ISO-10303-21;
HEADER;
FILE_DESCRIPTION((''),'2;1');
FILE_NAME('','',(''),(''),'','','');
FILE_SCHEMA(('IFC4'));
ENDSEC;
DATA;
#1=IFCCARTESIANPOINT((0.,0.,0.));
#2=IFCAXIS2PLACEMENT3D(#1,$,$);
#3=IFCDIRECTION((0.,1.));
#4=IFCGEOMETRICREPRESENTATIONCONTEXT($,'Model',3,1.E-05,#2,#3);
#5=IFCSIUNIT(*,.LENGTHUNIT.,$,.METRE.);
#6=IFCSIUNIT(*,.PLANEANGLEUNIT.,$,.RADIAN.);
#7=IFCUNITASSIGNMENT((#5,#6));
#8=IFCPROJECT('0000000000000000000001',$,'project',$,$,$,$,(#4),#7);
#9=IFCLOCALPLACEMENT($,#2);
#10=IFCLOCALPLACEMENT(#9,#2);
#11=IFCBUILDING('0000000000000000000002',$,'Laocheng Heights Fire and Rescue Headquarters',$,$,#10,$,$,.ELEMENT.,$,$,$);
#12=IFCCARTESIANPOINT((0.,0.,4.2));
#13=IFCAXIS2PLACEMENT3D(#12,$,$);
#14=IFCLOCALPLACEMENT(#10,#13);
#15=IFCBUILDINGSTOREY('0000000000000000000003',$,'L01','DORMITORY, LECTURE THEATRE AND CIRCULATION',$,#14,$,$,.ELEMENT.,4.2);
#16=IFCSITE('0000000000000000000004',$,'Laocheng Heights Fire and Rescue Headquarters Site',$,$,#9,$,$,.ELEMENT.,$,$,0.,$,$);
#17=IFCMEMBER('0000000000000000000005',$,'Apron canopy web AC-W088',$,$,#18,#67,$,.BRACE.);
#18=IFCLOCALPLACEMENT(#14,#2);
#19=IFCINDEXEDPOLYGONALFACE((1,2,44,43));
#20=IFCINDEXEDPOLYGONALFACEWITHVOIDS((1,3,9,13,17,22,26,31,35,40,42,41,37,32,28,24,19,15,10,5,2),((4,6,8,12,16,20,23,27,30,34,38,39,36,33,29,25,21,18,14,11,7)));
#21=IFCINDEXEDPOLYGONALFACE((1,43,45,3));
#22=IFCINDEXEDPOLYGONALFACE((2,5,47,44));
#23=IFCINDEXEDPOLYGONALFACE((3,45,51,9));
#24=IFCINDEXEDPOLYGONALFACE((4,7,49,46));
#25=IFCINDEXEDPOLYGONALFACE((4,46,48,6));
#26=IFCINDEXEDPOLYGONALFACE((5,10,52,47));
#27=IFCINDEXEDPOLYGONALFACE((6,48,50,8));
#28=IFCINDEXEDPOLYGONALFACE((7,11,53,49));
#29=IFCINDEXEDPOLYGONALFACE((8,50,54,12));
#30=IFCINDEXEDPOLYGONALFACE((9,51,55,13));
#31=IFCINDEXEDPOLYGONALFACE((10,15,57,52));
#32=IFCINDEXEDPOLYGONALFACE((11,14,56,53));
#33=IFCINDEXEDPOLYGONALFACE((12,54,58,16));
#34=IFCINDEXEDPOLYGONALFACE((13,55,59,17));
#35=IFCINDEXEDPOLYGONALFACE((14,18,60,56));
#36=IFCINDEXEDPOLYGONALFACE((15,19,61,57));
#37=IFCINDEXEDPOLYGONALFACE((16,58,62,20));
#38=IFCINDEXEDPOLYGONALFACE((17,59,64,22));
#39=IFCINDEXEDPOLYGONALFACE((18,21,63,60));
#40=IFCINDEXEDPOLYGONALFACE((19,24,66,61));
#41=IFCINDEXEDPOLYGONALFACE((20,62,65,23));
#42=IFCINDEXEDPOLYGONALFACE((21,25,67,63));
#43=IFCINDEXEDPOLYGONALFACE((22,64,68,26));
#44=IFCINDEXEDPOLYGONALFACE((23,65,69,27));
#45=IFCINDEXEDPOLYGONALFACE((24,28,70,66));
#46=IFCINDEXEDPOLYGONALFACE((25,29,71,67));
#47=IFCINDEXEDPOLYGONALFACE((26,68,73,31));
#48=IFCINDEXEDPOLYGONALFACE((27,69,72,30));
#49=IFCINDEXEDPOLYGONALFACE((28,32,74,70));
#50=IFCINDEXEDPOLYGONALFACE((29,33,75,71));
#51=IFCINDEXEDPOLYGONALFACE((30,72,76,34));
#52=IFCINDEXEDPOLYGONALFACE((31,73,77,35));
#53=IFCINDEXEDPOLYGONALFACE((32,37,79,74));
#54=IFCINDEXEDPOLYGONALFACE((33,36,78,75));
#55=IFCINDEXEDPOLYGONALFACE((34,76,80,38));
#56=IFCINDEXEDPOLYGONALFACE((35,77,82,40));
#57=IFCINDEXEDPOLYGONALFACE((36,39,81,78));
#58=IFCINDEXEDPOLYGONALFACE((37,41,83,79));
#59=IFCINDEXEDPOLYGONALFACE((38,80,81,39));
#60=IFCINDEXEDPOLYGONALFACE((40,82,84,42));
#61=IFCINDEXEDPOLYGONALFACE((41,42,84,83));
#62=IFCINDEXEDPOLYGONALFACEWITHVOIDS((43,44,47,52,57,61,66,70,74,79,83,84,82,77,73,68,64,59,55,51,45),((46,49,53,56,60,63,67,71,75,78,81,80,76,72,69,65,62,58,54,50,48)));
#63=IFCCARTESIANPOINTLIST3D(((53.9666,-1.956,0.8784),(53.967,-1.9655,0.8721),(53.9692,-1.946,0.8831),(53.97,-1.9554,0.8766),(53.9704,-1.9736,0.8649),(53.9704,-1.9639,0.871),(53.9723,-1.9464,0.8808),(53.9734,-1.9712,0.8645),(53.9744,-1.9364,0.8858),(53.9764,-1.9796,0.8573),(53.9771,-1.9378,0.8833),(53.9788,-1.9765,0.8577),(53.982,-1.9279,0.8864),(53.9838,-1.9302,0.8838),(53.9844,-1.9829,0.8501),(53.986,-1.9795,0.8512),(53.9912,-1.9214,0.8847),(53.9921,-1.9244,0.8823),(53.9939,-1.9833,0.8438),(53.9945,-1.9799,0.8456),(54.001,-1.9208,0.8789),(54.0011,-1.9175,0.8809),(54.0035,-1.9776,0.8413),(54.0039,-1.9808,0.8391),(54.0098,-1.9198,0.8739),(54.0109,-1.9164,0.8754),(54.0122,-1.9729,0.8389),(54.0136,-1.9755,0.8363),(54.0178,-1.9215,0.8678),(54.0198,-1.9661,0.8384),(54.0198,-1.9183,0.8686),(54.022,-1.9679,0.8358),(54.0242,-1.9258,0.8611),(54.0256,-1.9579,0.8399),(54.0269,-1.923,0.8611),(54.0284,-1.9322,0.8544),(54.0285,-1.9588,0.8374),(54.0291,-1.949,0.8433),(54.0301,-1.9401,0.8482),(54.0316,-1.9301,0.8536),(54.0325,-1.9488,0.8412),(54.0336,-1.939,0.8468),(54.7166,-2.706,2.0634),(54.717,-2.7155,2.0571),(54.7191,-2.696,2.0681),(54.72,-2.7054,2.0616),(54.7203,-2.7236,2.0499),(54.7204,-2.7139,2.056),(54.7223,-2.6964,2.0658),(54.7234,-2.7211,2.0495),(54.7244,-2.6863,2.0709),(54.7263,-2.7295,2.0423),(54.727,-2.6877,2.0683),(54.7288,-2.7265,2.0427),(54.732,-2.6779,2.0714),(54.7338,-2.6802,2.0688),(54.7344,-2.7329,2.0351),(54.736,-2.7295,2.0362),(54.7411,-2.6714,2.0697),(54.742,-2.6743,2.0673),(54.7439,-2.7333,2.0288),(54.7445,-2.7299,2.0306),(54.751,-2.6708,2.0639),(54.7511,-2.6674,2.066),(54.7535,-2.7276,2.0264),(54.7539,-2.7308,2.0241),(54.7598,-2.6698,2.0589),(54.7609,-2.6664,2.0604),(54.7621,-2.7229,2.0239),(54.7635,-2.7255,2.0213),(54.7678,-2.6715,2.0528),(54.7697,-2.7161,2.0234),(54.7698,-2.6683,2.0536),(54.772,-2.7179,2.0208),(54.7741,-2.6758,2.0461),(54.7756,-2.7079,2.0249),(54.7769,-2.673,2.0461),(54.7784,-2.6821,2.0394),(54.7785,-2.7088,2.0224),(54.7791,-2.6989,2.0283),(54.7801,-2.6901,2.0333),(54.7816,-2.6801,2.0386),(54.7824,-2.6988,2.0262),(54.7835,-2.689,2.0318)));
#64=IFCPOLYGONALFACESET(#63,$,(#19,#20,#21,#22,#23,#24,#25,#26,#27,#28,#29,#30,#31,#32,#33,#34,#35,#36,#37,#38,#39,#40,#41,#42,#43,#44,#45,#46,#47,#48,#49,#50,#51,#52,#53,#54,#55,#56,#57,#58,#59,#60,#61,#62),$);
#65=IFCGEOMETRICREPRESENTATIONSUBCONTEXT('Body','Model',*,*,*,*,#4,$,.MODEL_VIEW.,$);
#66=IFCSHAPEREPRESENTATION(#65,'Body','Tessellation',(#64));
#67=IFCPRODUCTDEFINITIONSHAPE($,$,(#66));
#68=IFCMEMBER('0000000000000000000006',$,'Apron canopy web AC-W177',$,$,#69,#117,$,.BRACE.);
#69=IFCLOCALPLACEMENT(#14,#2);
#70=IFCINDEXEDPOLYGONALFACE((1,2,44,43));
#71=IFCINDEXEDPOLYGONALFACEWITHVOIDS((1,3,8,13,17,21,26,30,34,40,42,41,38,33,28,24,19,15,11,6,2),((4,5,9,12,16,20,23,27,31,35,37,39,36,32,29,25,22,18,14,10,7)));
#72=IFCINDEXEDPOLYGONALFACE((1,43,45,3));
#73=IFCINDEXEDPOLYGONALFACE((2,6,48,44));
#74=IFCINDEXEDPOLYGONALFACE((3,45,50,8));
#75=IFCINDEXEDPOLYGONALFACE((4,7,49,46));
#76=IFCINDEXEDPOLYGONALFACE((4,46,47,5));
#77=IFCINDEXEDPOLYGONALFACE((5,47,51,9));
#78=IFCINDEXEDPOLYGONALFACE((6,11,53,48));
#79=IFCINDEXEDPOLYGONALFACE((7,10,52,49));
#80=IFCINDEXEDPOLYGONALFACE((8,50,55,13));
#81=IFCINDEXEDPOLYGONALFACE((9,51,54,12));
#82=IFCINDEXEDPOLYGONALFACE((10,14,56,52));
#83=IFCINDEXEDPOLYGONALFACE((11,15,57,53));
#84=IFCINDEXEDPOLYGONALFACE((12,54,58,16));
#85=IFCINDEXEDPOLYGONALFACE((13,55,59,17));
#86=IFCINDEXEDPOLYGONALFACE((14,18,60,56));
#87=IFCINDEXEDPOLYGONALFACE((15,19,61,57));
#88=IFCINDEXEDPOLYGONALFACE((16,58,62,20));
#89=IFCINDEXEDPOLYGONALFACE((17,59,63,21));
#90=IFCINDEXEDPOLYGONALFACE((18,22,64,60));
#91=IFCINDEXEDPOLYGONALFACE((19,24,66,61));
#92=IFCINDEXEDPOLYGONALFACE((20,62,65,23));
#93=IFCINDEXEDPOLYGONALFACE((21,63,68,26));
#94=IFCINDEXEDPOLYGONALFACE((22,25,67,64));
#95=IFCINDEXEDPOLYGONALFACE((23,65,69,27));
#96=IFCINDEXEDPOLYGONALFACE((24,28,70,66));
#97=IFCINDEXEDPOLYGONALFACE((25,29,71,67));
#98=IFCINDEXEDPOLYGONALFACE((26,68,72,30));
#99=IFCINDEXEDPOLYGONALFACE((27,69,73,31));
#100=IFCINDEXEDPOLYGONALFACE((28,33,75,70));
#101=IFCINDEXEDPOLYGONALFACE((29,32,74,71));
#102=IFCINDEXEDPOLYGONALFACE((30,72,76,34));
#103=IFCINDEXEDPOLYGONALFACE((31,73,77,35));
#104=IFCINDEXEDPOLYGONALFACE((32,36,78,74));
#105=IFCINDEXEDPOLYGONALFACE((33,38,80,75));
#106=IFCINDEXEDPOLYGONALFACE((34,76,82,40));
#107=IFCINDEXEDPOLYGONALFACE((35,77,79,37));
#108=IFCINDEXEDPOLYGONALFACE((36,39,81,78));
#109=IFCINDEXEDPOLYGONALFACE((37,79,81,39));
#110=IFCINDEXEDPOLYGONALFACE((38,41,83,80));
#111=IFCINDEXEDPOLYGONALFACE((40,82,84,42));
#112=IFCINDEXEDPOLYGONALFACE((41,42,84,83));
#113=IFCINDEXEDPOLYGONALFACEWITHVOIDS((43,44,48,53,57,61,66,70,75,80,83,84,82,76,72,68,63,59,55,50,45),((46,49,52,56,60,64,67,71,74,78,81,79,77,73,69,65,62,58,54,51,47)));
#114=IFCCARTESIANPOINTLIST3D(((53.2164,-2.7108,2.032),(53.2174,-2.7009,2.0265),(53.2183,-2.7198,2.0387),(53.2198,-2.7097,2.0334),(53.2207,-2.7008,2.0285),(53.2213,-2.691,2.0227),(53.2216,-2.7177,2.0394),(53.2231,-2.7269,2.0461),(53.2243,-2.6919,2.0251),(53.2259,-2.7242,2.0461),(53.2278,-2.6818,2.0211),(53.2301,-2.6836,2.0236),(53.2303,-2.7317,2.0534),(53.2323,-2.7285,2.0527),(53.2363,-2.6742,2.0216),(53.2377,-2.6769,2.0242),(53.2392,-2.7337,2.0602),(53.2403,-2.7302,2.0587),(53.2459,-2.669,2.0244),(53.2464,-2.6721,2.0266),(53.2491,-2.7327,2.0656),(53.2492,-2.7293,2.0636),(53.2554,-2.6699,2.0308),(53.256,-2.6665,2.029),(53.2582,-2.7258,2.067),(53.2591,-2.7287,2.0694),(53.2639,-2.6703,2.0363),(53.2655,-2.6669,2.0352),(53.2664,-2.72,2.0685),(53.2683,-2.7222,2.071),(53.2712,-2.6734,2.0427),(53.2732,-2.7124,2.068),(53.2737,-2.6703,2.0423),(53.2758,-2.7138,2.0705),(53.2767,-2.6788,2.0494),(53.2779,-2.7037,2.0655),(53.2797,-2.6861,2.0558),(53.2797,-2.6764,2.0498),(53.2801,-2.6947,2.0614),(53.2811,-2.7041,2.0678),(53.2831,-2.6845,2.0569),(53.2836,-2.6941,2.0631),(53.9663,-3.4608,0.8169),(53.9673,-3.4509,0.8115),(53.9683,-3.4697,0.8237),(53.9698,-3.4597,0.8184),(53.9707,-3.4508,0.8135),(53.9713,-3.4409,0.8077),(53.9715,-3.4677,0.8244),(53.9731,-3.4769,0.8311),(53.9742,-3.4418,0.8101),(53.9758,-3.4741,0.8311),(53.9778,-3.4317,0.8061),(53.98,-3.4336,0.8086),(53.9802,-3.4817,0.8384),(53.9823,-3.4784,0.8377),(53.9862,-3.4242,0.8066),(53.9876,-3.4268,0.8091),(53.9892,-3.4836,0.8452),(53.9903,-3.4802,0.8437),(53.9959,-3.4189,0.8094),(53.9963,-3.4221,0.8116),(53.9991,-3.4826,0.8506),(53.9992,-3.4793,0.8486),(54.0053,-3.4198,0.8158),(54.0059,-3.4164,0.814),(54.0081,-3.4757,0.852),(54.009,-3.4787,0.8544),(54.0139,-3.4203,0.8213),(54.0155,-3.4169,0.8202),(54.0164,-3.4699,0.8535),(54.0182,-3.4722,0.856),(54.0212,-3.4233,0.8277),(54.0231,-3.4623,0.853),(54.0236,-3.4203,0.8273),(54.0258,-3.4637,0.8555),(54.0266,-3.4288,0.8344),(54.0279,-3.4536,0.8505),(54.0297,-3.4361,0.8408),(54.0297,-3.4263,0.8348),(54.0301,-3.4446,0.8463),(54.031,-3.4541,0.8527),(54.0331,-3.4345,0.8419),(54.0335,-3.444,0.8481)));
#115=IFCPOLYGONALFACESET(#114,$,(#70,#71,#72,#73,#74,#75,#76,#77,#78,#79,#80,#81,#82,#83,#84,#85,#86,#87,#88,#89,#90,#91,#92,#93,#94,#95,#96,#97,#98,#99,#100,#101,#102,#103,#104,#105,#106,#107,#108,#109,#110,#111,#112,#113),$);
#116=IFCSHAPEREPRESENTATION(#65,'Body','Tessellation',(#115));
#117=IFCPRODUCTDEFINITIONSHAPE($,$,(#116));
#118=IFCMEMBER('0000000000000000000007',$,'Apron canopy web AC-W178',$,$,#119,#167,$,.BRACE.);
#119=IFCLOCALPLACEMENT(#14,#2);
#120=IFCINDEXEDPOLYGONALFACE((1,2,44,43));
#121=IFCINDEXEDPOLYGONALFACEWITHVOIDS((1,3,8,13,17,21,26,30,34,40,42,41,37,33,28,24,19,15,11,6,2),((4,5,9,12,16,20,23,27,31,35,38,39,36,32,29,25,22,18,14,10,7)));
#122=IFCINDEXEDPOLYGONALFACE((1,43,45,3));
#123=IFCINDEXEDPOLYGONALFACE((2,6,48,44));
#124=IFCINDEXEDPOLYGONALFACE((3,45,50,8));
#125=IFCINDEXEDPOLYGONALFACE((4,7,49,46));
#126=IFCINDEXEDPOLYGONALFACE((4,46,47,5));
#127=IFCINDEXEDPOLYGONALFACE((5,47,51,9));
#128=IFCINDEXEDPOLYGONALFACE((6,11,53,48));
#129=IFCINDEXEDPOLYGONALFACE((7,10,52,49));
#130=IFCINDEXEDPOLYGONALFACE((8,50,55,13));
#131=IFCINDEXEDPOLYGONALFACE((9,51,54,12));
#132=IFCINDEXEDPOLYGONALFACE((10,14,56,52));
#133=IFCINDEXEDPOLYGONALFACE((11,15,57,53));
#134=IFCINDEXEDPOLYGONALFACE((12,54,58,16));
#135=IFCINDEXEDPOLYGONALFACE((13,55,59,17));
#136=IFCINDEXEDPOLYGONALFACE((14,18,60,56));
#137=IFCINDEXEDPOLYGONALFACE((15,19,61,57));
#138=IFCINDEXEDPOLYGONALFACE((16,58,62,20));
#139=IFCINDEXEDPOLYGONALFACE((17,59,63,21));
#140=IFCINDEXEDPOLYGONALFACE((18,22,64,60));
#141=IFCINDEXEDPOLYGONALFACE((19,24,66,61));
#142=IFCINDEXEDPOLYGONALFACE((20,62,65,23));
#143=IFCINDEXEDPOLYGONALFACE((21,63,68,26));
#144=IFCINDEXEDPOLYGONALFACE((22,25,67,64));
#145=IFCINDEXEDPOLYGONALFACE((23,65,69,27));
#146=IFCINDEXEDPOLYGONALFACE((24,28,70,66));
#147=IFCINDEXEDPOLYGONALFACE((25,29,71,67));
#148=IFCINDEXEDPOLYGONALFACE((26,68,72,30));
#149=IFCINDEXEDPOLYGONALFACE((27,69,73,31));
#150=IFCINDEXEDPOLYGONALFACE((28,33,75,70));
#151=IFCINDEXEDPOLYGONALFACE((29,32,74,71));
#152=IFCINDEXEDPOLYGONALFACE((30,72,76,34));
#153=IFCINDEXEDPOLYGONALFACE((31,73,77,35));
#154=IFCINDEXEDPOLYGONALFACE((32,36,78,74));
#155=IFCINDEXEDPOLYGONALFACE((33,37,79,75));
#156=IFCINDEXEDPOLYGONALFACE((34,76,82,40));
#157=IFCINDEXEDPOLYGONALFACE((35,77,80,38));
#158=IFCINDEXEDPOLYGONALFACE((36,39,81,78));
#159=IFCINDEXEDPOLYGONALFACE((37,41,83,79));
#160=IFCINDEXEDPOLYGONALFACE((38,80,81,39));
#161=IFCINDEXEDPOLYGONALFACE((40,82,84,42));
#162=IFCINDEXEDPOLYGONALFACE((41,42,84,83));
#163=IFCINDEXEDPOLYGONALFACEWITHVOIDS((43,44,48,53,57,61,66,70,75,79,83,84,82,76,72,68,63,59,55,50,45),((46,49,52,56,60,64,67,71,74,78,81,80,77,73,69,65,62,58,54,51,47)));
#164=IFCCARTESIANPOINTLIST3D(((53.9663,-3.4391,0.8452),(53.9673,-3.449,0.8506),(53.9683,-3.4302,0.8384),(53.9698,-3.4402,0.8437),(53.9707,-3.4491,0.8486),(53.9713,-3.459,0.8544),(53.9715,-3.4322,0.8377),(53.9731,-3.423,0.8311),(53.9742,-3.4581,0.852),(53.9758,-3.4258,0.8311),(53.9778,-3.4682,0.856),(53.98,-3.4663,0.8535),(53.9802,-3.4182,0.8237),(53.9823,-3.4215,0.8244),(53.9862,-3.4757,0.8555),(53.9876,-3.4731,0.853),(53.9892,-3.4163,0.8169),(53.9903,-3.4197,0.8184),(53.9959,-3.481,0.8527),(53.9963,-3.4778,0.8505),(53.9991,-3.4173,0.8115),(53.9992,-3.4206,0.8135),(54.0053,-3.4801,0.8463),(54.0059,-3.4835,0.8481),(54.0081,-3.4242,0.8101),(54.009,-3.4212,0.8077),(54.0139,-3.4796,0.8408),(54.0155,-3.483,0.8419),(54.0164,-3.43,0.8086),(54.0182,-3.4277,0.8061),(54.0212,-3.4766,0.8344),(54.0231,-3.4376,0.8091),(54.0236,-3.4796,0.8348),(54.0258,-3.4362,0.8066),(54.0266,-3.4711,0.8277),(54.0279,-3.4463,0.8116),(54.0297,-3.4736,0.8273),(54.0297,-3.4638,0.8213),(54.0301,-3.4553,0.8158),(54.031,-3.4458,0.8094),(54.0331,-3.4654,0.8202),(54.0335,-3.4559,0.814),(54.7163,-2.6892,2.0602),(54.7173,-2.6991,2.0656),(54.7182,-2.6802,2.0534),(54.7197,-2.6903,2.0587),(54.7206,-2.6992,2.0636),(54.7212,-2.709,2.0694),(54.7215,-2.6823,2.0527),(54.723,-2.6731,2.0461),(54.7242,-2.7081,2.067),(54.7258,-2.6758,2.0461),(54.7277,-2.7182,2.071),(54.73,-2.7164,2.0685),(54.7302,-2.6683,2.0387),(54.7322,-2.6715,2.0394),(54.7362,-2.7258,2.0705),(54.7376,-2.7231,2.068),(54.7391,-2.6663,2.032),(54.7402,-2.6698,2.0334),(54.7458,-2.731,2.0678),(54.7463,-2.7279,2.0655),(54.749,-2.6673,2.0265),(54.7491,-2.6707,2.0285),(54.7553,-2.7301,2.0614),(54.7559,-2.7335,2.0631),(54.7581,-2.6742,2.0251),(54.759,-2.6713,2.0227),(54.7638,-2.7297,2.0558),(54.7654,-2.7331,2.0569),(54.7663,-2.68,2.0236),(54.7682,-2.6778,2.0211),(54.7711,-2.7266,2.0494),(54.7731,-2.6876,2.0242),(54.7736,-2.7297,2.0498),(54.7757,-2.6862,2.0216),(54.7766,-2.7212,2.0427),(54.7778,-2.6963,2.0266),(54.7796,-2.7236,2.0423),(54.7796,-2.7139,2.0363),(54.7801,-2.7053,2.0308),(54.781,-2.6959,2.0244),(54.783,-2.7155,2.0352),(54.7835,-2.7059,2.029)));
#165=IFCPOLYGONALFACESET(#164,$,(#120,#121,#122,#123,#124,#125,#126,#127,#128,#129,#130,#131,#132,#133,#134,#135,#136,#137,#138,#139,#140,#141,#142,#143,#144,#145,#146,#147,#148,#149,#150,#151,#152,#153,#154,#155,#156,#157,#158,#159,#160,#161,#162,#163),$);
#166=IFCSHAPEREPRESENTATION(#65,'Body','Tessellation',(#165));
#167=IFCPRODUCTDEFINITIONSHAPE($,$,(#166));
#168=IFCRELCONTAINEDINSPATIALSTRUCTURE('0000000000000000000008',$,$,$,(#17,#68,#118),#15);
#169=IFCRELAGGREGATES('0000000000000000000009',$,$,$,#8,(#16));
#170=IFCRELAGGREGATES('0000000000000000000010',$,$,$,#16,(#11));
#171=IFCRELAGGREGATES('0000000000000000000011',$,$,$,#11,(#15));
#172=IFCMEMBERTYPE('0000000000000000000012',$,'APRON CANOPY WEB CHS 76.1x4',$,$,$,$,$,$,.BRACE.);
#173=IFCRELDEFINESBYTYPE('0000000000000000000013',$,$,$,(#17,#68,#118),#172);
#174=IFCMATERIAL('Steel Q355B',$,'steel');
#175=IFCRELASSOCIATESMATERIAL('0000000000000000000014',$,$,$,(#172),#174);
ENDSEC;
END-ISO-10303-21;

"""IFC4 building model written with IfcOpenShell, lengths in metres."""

from ifc_helpers import new_model, si_unit, direction, frame, origin, origin_2d, place, context, subcontext, project, spatial, hollow_circle, extrude, material, material_profile, profile_set, type_object, element, save


model = new_model("IFC4")

# Units and contexts
model_context = context("Model", 3, precision=1e-05, world=origin(), true_north=direction((0.0, 1.0)))
body_context = subcontext(model_context, "Body", "Model", "MODEL_VIEW")
ifc_project = project(units=[si_unit("LENGTHUNIT", "METRE"), si_unit("PLANEANGLEUNIT", "RADIAN")], contexts=[model_context])

# Site, building, storey
site_placement = place(None, origin())
site = spatial("IfcSite", under=ifc_project, at=site_placement, Name="Laocheng Heights Fire and Rescue Headquarters Site", CompositionType="ELEMENT", RefElevation=0.0)
building_placement = place(site_placement, origin())
building = spatial("IfcBuilding", under=site, at=building_placement, Name="Laocheng Heights Fire and Rescue Headquarters", CompositionType="ELEMENT")
storey_placement = place(building_placement, frame((0.0, 0.0, 4.2)))
storey = spatial("IfcBuildingStorey", under=building, at=storey_placement, Name="L01", Description="DORMITORY, LECTURE THEATRE AND CIRCULATION", CompositionType="ELEMENT", Elevation=4.2)

# Members
ifc_material_1 = material(Name="Steel Q355B", Category="steel")
ifc_material_profile_1 = material_profile(ifc_material_1, hollow_circle(Radius=0.0381, WallThickness=0.0039, at=origin_2d()), Name="CHS 76.1x4")
ifc_profile_set_1 = profile_set([ifc_material_profile_1], Name="Steel Q355B")
member_type_1 = type_object("IfcMemberType", Name="APRON CANOPY WEB CHS 76.1x4", PredefinedType="BRACE", material=ifc_profile_set_1)
for number, where, z_axis, x_axis, name in (
    (1, (54.0, -1.95, 0.8611), (0.47158, -0.47158, 0.745134), (0.707107, 0.707107, 0.0), "Apron canopy web AC-W088"),
):
    element("IfcMember", number, at=place(storey_placement, frame(where, z_axis=z_axis, x_axis=x_axis)), inside=storey, type_object=member_type_1, Name=name, PredefinedType="BRACE", context=body_context, shape_type="SweptSolid", body=[
        extrude(hollow_circle(Radius=0.0381, WallThickness=0.0039, at=origin_2d()), origin(), (0.0, 0.0, 1.0), 1.5903),
    ])
for number, where, z_axis, x_axis, name in (
    (2, (54.0, -3.45, 0.8311), (-0.465002, 0.465002, 0.753357), (-0.707107, -0.707107, 0.0), "Apron canopy web AC-W177"),
    (3, (54.0, -3.45, 0.8311), (0.465002, 0.465002, 0.753357), (-0.707107, 0.707107, 0.0), "Apron canopy web AC-W178"),
):
    element("IfcMember", number, at=place(storey_placement, frame(where, z_axis=z_axis, x_axis=x_axis)), inside=storey, type_object=member_type_1, Name=name, PredefinedType="BRACE", context=body_context, shape_type="SweptSolid", body=[
        extrude(hollow_circle(Radius=0.0381, WallThickness=0.0039, at=origin_2d()), origin(), (0.0, 0.0, 1.0), 1.6128),
    ])

save(model, "model.ifc")
